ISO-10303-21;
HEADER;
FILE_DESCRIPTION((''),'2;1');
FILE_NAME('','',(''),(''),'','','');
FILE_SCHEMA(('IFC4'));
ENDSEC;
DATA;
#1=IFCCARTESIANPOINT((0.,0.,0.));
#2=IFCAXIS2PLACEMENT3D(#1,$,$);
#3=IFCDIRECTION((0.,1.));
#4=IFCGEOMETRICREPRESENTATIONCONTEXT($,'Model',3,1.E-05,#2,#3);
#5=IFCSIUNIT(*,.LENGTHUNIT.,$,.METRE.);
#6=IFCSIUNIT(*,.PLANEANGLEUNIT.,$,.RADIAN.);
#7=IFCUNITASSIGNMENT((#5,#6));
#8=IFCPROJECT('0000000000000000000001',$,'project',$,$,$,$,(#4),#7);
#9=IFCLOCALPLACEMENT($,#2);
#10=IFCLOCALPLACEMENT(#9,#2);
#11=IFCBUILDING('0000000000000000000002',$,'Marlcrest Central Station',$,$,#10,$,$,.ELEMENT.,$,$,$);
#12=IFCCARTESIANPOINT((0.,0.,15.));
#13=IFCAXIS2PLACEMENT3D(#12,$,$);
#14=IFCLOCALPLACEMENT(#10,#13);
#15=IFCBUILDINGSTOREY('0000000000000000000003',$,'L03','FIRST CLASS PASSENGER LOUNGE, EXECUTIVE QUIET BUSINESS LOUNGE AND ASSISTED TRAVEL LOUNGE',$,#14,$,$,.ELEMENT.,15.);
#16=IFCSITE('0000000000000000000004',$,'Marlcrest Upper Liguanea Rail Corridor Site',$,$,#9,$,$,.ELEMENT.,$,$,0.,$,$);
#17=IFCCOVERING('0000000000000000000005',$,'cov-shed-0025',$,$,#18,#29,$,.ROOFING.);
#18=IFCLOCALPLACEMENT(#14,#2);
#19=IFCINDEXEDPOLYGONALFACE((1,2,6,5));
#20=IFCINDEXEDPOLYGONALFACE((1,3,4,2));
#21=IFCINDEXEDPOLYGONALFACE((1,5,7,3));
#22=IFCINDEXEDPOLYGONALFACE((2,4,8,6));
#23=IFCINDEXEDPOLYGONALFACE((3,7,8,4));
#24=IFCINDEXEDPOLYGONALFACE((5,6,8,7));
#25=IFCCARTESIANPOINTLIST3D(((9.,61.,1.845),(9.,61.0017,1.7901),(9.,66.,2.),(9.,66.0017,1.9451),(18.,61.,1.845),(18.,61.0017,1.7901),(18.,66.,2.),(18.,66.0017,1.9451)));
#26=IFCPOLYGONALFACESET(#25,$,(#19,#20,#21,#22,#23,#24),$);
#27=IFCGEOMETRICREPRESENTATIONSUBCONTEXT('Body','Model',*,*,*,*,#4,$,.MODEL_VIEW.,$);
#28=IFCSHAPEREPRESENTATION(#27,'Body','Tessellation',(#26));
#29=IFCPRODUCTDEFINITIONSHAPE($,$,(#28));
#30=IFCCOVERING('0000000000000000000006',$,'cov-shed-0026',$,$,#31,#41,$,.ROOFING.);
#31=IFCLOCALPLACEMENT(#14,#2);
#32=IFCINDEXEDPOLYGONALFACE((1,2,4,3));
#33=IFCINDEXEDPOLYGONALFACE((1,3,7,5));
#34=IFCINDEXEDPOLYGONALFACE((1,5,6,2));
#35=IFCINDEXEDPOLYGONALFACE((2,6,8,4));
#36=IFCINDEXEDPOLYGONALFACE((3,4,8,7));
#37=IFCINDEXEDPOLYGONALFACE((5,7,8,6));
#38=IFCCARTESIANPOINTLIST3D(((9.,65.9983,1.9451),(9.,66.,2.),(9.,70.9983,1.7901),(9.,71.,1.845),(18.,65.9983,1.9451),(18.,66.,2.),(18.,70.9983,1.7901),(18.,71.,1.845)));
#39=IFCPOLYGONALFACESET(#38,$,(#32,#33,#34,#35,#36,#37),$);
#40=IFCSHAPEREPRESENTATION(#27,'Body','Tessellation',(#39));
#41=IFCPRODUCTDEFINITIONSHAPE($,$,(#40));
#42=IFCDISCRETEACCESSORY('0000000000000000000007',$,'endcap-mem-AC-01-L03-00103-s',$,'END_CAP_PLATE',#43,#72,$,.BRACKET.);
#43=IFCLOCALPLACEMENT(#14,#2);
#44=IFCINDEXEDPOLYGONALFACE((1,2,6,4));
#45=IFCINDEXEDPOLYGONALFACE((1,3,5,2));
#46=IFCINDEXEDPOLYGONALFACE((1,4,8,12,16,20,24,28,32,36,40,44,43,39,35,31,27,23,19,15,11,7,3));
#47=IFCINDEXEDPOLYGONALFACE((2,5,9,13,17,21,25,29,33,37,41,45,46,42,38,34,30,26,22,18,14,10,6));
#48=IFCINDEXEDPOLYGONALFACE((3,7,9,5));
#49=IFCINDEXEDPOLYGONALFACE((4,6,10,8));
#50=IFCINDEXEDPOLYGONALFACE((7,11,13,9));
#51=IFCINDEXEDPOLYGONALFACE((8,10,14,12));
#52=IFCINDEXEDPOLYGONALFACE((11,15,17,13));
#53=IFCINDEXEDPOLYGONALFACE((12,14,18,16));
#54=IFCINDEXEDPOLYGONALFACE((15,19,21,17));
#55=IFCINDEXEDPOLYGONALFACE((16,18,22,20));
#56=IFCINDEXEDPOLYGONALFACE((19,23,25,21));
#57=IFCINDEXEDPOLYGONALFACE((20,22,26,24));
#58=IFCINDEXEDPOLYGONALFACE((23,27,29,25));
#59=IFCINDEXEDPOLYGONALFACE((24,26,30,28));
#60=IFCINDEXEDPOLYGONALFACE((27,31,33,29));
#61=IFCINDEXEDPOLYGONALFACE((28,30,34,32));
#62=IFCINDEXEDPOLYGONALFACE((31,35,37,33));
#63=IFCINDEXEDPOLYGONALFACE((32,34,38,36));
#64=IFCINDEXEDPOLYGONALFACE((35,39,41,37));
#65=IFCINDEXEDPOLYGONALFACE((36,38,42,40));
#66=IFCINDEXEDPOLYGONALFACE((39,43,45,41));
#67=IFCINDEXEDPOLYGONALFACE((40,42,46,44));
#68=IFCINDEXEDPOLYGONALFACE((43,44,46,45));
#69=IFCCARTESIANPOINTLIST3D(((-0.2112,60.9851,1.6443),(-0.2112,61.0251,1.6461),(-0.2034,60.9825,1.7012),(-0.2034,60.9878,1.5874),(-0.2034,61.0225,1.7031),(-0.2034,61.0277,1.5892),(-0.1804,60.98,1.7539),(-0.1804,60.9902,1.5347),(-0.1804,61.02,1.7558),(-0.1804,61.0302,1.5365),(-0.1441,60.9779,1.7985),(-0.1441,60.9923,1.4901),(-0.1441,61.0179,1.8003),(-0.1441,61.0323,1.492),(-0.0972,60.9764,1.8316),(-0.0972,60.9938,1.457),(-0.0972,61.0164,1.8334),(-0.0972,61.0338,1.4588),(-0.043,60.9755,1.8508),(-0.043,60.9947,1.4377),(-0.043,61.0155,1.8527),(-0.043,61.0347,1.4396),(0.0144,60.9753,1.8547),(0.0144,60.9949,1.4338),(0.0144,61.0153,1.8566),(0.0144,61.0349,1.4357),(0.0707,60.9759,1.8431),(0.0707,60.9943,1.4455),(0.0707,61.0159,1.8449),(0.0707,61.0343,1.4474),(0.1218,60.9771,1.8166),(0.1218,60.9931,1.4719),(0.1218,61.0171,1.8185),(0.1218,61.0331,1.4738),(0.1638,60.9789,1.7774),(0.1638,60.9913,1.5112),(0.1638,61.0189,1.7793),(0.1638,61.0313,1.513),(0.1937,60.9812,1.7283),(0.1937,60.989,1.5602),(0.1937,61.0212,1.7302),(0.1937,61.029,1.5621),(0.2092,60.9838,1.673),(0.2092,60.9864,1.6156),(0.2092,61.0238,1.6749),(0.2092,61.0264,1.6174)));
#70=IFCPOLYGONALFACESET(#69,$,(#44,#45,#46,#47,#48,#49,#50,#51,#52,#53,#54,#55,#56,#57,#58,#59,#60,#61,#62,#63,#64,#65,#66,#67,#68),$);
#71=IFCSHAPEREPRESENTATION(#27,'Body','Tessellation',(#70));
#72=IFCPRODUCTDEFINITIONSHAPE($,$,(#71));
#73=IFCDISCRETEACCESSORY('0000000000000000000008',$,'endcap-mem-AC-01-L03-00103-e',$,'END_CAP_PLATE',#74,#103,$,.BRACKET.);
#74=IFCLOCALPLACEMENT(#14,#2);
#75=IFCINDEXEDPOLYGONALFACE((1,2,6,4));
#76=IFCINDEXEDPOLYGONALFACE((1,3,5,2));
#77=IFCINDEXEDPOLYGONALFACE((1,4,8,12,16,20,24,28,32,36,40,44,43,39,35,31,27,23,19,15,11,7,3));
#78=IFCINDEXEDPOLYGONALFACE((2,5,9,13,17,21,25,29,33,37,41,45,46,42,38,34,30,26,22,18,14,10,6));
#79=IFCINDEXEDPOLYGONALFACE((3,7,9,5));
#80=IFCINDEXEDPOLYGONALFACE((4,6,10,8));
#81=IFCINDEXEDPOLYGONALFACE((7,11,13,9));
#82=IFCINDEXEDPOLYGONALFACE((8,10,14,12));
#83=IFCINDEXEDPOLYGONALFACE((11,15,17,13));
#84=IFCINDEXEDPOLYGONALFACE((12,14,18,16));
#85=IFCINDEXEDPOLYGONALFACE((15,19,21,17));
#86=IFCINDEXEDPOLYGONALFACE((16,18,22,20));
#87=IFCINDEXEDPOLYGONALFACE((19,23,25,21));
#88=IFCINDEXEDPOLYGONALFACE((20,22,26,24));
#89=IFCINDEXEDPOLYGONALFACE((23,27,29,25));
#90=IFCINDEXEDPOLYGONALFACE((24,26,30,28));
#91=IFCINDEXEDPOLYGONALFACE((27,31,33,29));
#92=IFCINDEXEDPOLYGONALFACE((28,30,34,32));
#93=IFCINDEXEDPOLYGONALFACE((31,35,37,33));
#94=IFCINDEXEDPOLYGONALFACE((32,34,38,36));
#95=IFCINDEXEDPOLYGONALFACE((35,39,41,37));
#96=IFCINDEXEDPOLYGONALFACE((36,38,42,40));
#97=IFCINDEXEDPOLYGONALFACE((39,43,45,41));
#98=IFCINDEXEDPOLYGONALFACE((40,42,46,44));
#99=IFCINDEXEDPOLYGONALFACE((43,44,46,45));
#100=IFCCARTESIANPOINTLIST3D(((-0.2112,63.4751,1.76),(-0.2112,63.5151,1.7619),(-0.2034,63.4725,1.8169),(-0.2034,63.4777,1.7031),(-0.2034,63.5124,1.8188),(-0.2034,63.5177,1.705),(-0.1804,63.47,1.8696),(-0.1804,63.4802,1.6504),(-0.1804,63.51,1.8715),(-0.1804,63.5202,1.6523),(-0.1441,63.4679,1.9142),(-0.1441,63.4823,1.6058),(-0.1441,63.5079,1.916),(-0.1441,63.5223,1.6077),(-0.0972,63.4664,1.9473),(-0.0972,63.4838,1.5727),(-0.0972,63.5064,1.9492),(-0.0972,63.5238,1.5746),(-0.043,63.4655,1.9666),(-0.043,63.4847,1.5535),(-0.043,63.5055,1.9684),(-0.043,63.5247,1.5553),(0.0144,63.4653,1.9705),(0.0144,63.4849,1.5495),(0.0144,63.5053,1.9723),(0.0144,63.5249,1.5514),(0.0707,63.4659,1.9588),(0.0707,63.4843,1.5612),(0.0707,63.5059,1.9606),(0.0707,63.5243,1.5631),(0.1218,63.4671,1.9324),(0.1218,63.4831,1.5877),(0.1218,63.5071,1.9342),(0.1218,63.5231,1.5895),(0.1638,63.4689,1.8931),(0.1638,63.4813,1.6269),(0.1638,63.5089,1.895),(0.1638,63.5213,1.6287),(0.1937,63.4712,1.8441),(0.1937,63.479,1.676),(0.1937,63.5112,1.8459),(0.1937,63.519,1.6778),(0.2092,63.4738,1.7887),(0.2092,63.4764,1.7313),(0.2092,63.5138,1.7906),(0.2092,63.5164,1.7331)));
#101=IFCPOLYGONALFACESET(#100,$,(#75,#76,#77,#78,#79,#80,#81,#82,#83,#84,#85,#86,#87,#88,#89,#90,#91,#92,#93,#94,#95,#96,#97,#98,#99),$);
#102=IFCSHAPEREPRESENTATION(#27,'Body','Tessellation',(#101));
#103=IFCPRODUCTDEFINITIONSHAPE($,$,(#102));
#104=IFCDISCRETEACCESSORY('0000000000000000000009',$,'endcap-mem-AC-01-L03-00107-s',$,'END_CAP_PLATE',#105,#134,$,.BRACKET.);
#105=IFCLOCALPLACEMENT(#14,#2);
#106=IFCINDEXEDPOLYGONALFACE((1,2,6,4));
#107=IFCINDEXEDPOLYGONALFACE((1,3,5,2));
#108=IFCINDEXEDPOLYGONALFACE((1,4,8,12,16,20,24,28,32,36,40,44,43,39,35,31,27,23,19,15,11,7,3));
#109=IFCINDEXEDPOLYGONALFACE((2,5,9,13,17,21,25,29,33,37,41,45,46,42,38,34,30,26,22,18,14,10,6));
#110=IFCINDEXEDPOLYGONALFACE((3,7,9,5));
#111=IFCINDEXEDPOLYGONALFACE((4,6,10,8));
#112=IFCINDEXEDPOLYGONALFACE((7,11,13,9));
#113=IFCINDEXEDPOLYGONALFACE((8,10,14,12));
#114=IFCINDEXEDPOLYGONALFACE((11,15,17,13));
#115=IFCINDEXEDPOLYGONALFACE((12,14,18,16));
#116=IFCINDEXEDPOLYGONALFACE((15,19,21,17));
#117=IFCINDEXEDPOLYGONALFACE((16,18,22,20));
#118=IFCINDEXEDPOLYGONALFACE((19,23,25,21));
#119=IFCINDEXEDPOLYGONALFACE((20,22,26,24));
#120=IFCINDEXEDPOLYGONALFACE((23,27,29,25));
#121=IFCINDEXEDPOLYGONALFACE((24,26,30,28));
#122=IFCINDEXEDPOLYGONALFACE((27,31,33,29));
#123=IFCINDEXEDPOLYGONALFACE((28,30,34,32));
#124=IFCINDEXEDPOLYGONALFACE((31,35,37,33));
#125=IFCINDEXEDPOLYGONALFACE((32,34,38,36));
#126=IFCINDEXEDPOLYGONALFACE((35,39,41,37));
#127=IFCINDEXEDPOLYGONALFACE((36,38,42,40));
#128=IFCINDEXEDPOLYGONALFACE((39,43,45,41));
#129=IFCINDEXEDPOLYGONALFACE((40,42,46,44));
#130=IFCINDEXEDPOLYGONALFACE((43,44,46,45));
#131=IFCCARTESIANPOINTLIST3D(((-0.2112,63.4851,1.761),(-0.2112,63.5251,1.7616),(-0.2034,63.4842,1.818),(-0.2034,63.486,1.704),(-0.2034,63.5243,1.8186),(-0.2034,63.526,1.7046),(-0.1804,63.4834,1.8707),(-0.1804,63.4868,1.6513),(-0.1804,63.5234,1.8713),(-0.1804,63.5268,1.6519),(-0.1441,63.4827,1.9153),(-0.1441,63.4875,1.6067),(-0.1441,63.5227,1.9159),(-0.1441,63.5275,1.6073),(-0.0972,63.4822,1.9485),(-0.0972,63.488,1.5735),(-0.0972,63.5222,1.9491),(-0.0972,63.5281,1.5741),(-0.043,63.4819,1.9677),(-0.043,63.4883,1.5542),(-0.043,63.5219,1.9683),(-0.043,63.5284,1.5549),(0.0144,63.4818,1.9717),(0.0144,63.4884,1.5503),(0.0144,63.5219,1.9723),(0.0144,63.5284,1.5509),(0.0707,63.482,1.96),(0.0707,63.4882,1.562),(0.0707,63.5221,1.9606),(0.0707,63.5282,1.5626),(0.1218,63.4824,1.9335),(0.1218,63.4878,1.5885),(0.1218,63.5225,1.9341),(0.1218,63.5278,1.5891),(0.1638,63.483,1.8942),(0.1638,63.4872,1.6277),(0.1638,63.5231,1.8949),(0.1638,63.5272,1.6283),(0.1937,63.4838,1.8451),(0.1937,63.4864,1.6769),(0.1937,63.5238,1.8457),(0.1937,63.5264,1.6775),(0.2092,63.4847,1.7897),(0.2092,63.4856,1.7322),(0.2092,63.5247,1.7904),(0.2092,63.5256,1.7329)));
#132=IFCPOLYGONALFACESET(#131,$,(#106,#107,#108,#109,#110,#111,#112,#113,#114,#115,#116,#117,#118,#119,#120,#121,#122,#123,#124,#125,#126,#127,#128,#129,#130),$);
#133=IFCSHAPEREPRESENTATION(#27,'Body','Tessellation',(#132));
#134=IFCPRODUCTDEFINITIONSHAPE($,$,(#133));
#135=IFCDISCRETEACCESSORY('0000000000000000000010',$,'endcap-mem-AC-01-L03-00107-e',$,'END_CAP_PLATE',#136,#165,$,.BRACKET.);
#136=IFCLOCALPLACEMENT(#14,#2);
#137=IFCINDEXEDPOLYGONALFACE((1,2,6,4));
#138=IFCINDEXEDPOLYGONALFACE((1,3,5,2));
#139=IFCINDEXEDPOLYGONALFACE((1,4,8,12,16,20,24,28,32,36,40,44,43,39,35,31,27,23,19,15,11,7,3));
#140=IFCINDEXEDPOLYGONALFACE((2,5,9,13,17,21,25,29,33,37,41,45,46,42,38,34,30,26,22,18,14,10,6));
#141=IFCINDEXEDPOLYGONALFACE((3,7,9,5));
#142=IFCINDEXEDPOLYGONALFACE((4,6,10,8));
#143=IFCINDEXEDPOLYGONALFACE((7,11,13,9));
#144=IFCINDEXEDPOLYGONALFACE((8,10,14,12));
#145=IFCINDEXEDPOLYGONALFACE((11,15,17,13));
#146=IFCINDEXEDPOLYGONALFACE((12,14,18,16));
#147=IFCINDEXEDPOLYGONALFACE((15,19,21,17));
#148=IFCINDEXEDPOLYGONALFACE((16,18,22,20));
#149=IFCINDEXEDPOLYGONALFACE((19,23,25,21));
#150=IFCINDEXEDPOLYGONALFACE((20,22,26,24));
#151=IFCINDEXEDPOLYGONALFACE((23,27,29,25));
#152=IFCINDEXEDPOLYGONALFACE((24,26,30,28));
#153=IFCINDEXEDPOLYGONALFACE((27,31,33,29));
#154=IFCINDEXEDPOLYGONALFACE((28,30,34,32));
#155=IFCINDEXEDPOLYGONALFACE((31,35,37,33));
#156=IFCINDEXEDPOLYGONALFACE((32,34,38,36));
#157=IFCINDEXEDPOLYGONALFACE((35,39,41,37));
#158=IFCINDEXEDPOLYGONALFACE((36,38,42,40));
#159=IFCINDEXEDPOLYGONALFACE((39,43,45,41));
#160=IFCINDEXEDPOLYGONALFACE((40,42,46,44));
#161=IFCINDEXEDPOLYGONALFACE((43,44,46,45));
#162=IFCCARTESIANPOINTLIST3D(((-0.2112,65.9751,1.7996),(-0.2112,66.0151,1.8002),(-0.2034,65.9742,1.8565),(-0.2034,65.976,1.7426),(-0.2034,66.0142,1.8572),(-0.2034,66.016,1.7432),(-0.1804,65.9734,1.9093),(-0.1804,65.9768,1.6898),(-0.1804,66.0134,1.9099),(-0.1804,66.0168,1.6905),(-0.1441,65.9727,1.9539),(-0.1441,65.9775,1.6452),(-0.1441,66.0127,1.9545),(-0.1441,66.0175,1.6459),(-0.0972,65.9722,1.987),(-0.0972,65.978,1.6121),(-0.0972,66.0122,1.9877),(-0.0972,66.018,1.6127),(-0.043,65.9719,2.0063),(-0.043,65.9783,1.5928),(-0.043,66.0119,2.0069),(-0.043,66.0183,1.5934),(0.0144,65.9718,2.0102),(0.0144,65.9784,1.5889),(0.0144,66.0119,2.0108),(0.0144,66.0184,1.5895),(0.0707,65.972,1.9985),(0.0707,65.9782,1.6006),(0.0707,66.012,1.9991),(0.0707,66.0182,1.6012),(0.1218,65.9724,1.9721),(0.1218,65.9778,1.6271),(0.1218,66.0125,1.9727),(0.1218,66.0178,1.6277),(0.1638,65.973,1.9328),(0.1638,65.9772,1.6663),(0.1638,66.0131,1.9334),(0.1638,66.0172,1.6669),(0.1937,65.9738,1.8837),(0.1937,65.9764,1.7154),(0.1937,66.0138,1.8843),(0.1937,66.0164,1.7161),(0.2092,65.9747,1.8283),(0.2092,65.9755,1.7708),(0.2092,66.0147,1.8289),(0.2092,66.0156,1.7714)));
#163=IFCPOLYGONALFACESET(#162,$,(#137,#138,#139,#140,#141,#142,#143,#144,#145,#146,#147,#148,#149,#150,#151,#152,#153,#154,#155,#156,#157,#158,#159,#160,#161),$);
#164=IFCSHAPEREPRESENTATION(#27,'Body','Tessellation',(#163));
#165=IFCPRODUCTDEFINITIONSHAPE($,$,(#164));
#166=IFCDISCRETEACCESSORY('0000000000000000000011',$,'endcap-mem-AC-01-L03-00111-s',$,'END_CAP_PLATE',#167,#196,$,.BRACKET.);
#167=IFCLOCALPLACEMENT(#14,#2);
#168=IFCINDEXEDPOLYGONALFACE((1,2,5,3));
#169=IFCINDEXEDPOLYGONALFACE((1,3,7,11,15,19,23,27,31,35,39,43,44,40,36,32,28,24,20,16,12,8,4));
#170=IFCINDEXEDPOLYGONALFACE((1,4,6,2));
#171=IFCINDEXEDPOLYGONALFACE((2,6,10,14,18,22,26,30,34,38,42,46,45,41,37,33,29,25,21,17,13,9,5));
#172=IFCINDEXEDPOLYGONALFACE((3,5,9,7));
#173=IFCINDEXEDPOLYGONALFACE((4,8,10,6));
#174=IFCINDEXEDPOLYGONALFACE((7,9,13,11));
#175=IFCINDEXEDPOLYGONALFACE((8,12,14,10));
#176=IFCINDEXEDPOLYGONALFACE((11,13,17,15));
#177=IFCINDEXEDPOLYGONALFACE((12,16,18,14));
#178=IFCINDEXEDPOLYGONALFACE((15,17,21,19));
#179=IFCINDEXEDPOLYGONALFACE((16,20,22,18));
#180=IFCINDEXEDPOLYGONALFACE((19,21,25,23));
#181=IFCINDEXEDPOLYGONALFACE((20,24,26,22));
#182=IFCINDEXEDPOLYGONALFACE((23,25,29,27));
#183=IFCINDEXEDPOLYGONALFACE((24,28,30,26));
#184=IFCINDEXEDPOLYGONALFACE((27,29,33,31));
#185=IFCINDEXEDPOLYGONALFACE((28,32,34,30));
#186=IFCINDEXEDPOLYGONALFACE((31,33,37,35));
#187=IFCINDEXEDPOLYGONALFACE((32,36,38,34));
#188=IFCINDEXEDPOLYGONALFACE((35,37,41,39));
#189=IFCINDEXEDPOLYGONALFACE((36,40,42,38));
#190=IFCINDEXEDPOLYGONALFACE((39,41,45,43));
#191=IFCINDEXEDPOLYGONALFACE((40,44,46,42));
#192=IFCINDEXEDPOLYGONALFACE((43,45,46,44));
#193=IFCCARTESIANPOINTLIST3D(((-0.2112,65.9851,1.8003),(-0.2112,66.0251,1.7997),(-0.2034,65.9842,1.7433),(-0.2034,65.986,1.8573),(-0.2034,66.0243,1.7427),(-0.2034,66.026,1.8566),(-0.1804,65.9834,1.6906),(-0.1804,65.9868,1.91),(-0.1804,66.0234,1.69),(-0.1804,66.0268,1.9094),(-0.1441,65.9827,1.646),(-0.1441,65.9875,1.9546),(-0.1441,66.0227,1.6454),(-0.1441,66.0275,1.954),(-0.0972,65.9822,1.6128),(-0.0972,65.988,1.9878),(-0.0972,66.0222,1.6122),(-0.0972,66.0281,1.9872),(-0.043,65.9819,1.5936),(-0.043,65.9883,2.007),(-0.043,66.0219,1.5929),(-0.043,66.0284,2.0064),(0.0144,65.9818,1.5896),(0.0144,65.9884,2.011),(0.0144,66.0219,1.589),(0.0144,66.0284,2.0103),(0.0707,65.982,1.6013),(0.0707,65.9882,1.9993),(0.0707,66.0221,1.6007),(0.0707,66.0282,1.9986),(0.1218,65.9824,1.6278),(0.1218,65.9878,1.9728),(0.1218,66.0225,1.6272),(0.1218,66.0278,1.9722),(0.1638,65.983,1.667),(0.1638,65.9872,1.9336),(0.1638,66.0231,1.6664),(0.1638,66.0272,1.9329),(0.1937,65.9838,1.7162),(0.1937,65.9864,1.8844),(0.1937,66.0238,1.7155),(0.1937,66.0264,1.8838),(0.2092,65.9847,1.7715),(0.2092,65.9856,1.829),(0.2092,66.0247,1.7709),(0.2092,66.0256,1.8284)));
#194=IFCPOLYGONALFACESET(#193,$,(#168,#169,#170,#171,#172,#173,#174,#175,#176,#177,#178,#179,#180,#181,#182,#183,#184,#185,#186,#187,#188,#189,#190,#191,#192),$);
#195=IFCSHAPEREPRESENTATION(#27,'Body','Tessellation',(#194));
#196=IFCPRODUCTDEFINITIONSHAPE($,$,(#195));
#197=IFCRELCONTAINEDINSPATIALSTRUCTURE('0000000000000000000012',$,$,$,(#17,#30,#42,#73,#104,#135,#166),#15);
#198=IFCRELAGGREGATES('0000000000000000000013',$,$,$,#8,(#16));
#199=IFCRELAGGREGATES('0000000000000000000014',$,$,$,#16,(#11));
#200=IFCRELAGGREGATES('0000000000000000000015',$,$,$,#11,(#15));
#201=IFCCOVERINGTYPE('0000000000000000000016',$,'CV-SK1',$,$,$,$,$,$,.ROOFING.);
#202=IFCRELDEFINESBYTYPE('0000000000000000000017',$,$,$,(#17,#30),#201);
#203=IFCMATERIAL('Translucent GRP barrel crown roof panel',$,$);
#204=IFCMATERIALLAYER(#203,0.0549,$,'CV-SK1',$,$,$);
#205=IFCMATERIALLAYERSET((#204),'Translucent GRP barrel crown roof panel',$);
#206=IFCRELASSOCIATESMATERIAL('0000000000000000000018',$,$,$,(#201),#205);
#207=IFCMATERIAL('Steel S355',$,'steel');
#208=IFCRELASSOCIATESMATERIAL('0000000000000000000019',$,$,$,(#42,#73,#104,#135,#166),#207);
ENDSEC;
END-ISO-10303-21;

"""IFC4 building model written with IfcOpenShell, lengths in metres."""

from ifc_helpers import new_model, si_unit, direction, frame, origin, origin_2d, place, context, subcontext, project, spatial, polyline, circle, outline, extrude, material, layer, layer_set, type_object, element, save


model = new_model("IFC4")

# Units and contexts
model_context = context("Model", 3, precision=1e-05, world=origin(), true_north=direction((0.0, 1.0)))
body_context = subcontext(model_context, "Body", "Model", "MODEL_VIEW")
ifc_project = project(units=[si_unit("LENGTHUNIT", "METRE"), si_unit("PLANEANGLEUNIT", "RADIAN")], contexts=[model_context])

# Site, building, storey
site_placement = place(None, origin())
site = spatial("IfcSite", under=ifc_project, at=site_placement, Name="Marlcrest Upper Liguanea Rail Corridor Site", CompositionType="ELEMENT", RefElevation=0.0)
building_placement = place(site_placement, origin())
building = spatial("IfcBuilding", under=site, at=building_placement, Name="Marlcrest Central Station", CompositionType="ELEMENT")
storey_placement = place(building_placement, frame((0.0, 0.0, 15.0)))
storey = spatial("IfcBuildingStorey", under=building, at=storey_placement, Name="L03", Description="FIRST CLASS PASSENGER LOUNGE, EXECUTIVE QUIET BUSINESS LOUNGE AND ASSISTED TRAVEL LOUNGE", CompositionType="ELEMENT", Elevation=15.0)

# Shared definitions
ifc_material_1 = material(Name="Steel S355", Category="steel")

# Coverings
ifc_material_2 = material(Name="Translucent GRP barrel crown roof panel")
ifc_layer = layer(ifc_material_2, 0.0549, Name="CV-SK1")
ifc_layer_set = layer_set([ifc_layer], Name="Translucent GRP barrel crown roof panel")
covering_type = type_object("IfcCoveringType", Name="CV-SK1", PredefinedType="ROOFING", material=ifc_layer_set)
for number, where, z_axis, x_axis, name in (
    (1, (9.0, 61.0, 1.845), (0.0, -0.030991, 0.99952), (1.0, 0.0, 0.0), "cov-shed-0025"),
    (2, (9.0, 66.0, 2.0), (0.0, 0.030991, 0.99952), (1.0, 0.0, 0.0), "cov-shed-0026"),
):
    element("IfcCovering", number, at=place(storey_placement, frame(where, z_axis=z_axis, x_axis=x_axis)), inside=storey, type_object=covering_type, Name=name, PredefinedType="ROOFING", context=body_context, shape_type="SweptSolid", body=[
        extrude(outline(polyline([(0.0, 0.0), (9.0, 0.0), (9.0, 5.0024), (0.0, 5.0024), (0.0, 0.0)])), origin(), (0.0, 0.0, -1.0), 0.0549),
    ])

# Discrete accessories
for number, where, z_axis, x_axis, name in (
    (3, (0.0, 60.9851, 1.6443), (0.0, 0.998921, 0.046434), (-1.0, 0.0, 0.0), "endcap-mem-AC-01-L03-00103-s"),
    (4, (0.0, 63.4751, 1.76), (0.0, 0.998921, 0.046434), (-1.0, 0.0, 0.0), "endcap-mem-AC-01-L03-00103-e"),
    (5, (0.0, 63.4851, 1.761), (0.0, 0.999879, 0.015525), (-1.0, 0.0, 0.0), "endcap-mem-AC-01-L03-00107-s"),
    (6, (0.0, 65.9751, 1.7996), (0.0, 0.999879, 0.015525), (-1.0, 0.0, 0.0), "endcap-mem-AC-01-L03-00107-e"),
    (7, (0.0, 65.9851, 1.8003), (0.0, 0.999879, -0.015525), (-1.0, 0.0, 0.0), "endcap-mem-AC-01-L03-00111-s"),
):
    element("IfcDiscreteAccessory", number, at=place(storey_placement, frame(where, z_axis=z_axis, x_axis=x_axis)), inside=storey, material=ifc_material_1, Name=name, ObjectType="END_CAP_PLATE", PredefinedType="BRACKET", context=body_context, shape_type="SweptSolid", body=[
        extrude(circle(Radius=0.2112, at=origin_2d()), origin(), (0.0, 0.0, 1.0), 0.04),
    ])

save(model, "model.ifc")
